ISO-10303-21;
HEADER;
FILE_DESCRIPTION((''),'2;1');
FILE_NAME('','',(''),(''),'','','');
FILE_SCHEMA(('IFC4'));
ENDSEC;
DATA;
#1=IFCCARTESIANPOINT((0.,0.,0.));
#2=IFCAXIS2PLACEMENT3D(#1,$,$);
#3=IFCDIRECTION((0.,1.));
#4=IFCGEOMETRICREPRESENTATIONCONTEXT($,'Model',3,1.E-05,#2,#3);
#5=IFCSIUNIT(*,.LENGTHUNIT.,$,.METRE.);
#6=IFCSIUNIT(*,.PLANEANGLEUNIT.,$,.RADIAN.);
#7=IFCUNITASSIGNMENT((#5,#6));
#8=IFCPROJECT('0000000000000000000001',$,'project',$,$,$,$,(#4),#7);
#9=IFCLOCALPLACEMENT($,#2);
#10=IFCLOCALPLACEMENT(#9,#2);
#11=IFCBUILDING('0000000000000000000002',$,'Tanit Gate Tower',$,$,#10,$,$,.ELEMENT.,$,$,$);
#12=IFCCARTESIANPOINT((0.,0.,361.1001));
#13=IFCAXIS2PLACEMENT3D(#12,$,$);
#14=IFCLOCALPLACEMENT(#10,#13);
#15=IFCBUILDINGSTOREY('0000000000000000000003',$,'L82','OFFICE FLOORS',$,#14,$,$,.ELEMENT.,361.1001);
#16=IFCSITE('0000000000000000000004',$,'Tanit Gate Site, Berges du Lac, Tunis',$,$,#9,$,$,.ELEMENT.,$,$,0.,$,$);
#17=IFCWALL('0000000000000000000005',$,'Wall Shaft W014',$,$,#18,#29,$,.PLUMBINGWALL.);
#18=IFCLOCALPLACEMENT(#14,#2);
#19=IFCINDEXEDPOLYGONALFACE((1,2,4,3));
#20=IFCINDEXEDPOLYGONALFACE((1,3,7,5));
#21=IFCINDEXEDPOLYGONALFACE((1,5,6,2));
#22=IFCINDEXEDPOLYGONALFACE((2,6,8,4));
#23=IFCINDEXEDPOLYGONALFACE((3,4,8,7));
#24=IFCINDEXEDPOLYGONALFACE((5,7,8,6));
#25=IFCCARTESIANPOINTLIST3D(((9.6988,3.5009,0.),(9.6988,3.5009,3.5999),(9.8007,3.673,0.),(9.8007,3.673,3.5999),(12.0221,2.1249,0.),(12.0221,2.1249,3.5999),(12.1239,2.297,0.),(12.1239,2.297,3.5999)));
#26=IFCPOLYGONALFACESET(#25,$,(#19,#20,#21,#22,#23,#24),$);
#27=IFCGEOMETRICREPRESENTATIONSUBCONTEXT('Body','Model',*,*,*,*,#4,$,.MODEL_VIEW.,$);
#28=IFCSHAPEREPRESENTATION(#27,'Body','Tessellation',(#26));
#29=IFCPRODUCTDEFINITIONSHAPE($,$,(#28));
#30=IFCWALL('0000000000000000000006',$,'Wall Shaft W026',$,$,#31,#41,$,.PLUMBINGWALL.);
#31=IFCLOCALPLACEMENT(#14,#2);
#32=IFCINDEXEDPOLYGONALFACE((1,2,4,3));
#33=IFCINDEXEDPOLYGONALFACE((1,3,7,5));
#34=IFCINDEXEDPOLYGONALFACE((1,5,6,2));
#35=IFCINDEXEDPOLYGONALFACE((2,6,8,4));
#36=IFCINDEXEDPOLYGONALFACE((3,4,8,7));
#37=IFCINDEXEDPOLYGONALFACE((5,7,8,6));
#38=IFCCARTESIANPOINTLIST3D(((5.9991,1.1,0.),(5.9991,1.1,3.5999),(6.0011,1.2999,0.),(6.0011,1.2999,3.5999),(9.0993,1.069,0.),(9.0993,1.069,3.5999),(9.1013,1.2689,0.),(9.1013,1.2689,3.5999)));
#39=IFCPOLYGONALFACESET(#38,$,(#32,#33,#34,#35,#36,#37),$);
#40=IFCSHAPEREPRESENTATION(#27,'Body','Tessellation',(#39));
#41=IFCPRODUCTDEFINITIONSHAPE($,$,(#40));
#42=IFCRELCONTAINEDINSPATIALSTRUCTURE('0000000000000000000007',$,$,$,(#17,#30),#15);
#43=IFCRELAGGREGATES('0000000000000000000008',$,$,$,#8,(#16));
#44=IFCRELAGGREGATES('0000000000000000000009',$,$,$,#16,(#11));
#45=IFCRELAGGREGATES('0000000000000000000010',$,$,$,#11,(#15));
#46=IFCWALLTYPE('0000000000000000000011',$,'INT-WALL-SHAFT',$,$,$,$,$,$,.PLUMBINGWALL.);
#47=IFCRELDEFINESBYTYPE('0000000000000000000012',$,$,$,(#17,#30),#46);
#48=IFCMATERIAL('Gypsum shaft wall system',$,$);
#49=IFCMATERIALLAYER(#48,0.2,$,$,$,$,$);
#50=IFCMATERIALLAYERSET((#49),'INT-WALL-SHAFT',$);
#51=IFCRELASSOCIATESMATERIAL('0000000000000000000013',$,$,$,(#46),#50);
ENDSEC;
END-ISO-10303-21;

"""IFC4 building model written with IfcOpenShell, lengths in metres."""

from ifc_helpers import new_model, si_unit, direction, frame, frame_2d, origin, place, context, subcontext, project, spatial, rectangle, extrude, material, layer, layer_set, type_object, element, save


model = new_model("IFC4")

# Units and contexts
model_context = context("Model", 3, precision=1e-05, world=origin(), true_north=direction((0.0, 1.0)))
body_context = subcontext(model_context, "Body", "Model", "MODEL_VIEW")
ifc_project = project(units=[si_unit("LENGTHUNIT", "METRE"), si_unit("PLANEANGLEUNIT", "RADIAN")], contexts=[model_context])

# Site, building, storey
site_placement = place(None, origin())
site = spatial("IfcSite", under=ifc_project, at=site_placement, Name="Tanit Gate Site, Berges du Lac, Tunis", CompositionType="ELEMENT", RefElevation=0.0)
building_placement = place(site_placement, origin())
building = spatial("IfcBuilding", under=site, at=building_placement, Name="Tanit Gate Tower", CompositionType="ELEMENT")
storey_placement = place(building_placement, frame((0.0, 0.0, 361.1001)))
storey = spatial("IfcBuildingStorey", under=building, at=storey_placement, Name="L82", Description="OFFICE FLOORS", CompositionType="ELEMENT", Elevation=361.1001)

# Wall
ifc_material_1 = material(Name="Gypsum shaft wall system")
ifc_layer_1 = layer(ifc_material_1, 0.2)
ifc_layer_set_1 = layer_set([ifc_layer_1], Name="INT-WALL-SHAFT")
wall_type_1 = type_object("IfcWallType", Name="INT-WALL-SHAFT", PredefinedType="PLUMBINGWALL", material=ifc_layer_set_1)
wall_1_placement = place(storey_placement, frame((12.073, 2.2109, 0.0), z_axis=(0.0, 0.0, 1.0), x_axis=(-0.860415, 0.509594, 0.0)))
element("IfcWall", 1, at=wall_1_placement, inside=storey, type_object=wall_type_1, Name="Wall Shaft W014", PredefinedType="PLUMBINGWALL", context=body_context, shape_type="SweptSolid", body=[
    extrude(rectangle(XDim=2.7002, YDim=0.2, at=frame_2d((1.3501, 0.0))), origin(), (0.0, 0.0, 1.0), 3.5999),
])

# Wall
wall_2_placement = place(storey_placement, frame((6.0, 1.2, 0.0), z_axis=(0.0, 0.0, 1.0), x_axis=(0.99995, -0.010001, 0.0)))
element("IfcWall", 2, at=wall_2_placement, inside=storey, type_object=wall_type_1, Name="Wall Shaft W026", PredefinedType="PLUMBINGWALL", context=body_context, shape_type="SweptSolid", body=[
    extrude(rectangle(XDim=3.1003, YDim=0.2, at=frame_2d((1.5503, 0.0))), origin(), (0.0, 0.0, 1.0), 3.5999),
])

save(model, "model.ifc")
